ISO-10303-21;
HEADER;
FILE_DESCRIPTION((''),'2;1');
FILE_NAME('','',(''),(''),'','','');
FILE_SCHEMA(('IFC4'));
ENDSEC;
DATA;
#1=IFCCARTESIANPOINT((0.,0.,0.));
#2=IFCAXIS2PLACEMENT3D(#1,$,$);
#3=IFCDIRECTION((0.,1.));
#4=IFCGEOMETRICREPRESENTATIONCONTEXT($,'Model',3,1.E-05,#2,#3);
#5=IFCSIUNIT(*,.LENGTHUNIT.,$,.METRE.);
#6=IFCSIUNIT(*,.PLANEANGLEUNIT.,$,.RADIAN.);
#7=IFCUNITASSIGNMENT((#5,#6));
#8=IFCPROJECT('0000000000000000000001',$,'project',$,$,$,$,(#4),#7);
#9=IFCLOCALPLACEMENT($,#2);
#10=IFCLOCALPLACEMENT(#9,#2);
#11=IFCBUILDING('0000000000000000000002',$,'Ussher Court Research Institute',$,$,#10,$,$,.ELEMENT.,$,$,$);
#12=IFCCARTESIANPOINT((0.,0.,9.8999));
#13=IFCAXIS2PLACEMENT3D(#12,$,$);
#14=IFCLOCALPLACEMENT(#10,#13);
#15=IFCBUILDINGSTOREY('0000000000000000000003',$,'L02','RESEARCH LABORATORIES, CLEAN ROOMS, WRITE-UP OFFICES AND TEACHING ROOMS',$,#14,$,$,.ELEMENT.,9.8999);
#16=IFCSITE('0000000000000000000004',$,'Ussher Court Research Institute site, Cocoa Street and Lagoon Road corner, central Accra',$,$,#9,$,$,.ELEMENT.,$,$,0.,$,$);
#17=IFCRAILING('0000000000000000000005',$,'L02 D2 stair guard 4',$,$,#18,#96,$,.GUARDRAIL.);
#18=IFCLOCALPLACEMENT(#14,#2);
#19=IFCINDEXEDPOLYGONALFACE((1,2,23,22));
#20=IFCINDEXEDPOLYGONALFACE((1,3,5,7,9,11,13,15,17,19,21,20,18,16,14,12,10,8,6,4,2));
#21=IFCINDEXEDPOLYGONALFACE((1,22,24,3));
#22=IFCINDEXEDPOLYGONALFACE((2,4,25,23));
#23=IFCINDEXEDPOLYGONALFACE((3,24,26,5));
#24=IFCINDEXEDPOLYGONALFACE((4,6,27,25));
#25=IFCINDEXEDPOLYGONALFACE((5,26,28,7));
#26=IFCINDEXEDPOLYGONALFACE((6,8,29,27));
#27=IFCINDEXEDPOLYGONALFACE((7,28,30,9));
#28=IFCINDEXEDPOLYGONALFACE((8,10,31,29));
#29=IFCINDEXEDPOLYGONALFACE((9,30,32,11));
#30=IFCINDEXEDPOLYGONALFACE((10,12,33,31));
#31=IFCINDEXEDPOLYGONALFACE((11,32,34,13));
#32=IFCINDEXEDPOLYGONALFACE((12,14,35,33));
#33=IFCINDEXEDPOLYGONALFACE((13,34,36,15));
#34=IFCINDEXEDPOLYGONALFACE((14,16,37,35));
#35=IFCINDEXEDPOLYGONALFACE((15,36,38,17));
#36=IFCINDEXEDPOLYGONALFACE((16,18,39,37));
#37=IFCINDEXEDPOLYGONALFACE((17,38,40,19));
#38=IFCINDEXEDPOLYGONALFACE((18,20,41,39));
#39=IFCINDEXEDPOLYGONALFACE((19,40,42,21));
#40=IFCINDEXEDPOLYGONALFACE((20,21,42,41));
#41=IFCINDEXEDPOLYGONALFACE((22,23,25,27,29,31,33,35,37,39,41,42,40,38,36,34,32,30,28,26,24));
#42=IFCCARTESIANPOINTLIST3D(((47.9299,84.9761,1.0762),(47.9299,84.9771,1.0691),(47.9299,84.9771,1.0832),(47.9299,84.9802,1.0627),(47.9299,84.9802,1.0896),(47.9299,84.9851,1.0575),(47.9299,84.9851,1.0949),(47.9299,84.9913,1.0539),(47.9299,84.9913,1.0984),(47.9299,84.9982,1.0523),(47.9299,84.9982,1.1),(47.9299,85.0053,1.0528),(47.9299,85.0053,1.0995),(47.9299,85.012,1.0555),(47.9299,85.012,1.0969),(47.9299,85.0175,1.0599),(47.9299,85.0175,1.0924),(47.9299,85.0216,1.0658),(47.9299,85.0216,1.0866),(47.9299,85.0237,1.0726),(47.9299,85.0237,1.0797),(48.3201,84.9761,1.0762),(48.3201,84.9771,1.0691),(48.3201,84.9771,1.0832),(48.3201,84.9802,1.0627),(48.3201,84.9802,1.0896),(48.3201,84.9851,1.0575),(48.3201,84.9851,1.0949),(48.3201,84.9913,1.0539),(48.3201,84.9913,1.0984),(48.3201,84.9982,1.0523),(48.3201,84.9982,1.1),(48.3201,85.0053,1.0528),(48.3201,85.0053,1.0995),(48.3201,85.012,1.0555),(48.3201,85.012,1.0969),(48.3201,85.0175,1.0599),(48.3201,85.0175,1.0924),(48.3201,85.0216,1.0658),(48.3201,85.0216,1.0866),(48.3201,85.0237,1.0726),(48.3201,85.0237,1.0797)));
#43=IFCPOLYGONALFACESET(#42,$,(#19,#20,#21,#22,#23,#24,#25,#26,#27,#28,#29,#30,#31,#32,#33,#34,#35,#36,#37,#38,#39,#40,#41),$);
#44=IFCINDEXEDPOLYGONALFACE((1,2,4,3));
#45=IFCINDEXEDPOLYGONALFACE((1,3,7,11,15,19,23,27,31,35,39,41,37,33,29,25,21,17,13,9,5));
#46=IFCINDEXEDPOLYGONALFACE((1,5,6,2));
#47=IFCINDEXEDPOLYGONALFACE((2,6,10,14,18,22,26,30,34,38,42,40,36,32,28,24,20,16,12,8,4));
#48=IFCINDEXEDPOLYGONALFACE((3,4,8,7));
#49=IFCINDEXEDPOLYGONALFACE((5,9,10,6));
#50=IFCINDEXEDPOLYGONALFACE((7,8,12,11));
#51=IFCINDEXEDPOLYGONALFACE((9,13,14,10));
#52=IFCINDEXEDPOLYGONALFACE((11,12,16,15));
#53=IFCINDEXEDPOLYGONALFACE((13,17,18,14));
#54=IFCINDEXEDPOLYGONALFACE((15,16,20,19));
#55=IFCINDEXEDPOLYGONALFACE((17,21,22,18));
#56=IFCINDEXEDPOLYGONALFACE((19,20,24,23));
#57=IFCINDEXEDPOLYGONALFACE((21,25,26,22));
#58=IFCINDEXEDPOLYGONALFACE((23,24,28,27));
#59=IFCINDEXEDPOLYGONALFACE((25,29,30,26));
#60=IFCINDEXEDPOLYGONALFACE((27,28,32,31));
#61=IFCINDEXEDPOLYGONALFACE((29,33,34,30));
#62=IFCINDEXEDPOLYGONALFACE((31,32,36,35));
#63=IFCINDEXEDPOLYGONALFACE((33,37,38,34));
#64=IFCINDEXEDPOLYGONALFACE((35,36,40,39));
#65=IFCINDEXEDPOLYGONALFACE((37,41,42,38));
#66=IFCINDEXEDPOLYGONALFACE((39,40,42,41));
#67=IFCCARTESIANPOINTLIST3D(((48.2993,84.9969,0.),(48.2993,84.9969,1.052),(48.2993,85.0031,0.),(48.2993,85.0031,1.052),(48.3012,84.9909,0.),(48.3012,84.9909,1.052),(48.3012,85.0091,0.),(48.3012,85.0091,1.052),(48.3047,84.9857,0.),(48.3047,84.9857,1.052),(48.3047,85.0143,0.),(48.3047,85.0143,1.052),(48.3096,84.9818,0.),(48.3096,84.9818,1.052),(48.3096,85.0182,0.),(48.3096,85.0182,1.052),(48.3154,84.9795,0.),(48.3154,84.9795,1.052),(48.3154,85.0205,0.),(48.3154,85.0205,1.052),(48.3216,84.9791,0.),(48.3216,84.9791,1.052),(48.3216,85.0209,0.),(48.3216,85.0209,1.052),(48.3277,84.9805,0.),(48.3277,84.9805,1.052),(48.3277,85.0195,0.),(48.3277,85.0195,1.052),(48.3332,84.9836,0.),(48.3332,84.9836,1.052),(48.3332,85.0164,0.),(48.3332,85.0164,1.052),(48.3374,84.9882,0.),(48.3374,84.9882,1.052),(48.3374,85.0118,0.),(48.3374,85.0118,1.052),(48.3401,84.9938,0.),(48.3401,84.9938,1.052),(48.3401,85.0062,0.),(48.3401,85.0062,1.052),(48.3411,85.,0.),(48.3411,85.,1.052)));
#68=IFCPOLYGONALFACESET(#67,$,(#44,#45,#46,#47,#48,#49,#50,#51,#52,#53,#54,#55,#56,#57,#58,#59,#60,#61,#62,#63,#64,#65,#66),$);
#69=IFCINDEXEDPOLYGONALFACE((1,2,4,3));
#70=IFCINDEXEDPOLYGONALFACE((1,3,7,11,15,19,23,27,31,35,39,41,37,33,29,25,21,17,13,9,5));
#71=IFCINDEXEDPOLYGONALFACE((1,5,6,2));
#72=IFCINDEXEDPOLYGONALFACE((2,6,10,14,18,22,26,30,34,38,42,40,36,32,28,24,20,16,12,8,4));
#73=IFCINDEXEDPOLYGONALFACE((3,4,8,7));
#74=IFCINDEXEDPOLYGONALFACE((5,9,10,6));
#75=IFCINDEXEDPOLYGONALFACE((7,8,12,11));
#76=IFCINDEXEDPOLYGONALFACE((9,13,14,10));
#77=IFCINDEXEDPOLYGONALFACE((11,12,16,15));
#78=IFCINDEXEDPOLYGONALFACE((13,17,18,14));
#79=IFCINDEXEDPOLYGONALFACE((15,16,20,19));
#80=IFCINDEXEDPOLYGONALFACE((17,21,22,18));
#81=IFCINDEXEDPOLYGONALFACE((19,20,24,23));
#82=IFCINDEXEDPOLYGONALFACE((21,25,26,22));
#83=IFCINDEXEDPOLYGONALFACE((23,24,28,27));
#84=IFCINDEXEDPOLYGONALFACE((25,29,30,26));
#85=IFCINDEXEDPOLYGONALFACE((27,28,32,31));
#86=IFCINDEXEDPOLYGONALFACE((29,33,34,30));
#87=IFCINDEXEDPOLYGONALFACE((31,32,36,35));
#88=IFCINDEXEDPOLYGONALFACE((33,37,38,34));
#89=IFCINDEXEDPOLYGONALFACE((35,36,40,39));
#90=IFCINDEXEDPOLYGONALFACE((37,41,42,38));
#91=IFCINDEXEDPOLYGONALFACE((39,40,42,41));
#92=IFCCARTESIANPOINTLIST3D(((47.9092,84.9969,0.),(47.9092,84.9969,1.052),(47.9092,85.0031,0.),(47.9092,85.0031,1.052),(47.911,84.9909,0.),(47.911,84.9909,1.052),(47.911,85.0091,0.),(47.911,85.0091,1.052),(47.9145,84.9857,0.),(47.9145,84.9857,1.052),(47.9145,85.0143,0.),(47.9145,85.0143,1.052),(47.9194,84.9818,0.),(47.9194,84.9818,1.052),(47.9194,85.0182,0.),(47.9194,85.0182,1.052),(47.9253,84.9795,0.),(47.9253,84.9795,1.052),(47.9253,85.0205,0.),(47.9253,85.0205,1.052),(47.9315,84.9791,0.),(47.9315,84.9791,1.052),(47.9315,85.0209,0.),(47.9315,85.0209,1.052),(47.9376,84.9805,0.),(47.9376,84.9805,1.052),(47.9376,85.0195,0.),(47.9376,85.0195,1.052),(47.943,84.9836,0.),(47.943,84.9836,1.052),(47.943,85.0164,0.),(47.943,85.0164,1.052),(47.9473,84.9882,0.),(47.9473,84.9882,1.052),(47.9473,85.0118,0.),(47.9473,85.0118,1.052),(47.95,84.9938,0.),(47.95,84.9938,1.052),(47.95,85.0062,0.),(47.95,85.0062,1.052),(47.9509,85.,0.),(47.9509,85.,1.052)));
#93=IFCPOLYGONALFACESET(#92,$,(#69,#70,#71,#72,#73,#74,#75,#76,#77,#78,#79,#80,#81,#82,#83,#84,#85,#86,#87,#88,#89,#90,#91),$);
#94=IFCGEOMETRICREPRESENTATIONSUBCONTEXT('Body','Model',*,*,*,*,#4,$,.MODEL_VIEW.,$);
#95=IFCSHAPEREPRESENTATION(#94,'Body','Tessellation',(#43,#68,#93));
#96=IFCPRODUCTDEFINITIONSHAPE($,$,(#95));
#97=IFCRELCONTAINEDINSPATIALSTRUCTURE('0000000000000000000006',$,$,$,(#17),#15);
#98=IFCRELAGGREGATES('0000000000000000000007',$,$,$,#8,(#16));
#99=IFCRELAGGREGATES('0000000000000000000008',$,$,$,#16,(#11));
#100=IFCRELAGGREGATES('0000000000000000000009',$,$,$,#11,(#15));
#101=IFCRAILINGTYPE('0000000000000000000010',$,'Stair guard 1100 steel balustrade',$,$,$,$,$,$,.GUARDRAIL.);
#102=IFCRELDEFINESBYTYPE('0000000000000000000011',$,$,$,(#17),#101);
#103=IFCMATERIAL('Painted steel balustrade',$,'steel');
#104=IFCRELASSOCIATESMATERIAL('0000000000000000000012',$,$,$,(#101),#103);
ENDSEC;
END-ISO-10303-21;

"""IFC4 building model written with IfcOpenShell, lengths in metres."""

from ifc_helpers import new_model, si_unit, direction, frame, origin, origin_2d, place, context, subcontext, project, spatial, circle, extrude, material, type_object, element, save


model = new_model("IFC4")

# Units and contexts
model_context = context("Model", 3, precision=1e-05, world=origin(), true_north=direction((0.0, 1.0)))
body_context = subcontext(model_context, "Body", "Model", "MODEL_VIEW")
ifc_project = project(units=[si_unit("LENGTHUNIT", "METRE"), si_unit("PLANEANGLEUNIT", "RADIAN")], contexts=[model_context])

# Site, building, storey
site_placement = place(None, origin())
site = spatial("IfcSite", under=ifc_project, at=site_placement, Name="Ussher Court Research Institute site, Cocoa Street and Lagoon Road corner, central Accra", CompositionType="ELEMENT", RefElevation=0.0)
building_placement = place(site_placement, origin())
building = spatial("IfcBuilding", under=site, at=building_placement, Name="Ussher Court Research Institute", CompositionType="ELEMENT")
storey_placement = place(building_placement, frame((0.0, 0.0, 9.8999)))
storey = spatial("IfcBuildingStorey", under=building, at=storey_placement, Name="L02", Description="RESEARCH LABORATORIES, CLEAN ROOMS, WRITE-UP OFFICES AND TEACHING ROOMS", CompositionType="ELEMENT", Elevation=9.8999)

# Railing
ifc_material_1 = material(Name="Painted steel balustrade", Category="steel")
railing_type_1 = type_object("IfcRailingType", Name="Stair guard 1100 steel balustrade", PredefinedType="GUARDRAIL", material=ifc_material_1)
railing_1_placement = place(storey_placement, frame((48.3201, 85.0, 0.0)))
element("IfcRailing", 1, at=railing_1_placement, inside=storey, type_object=railing_type_1, Name="L02 D2 stair guard 4", PredefinedType="GUARDRAIL", context=body_context, shape_type="SweptSolid", body=[
    extrude(circle(Radius=0.0239, at=origin_2d()), frame((0.0, 0.0, 1.0762), z_axis=(-1.0, 0.0, 0.0), x_axis=(0.0, -1.0, 0.0)), (0.0, 0.0, 1.0), 0.3901),
    extrude(circle(Radius=0.021, at=origin_2d()), origin(), (0.0, 0.0, 1.0), 1.052),
    extrude(circle(Radius=0.021, at=origin_2d()), frame((-0.3901, 0.0, 0.0)), (0.0, 0.0, 1.0), 1.052),
])

save(model, "model.ifc")
